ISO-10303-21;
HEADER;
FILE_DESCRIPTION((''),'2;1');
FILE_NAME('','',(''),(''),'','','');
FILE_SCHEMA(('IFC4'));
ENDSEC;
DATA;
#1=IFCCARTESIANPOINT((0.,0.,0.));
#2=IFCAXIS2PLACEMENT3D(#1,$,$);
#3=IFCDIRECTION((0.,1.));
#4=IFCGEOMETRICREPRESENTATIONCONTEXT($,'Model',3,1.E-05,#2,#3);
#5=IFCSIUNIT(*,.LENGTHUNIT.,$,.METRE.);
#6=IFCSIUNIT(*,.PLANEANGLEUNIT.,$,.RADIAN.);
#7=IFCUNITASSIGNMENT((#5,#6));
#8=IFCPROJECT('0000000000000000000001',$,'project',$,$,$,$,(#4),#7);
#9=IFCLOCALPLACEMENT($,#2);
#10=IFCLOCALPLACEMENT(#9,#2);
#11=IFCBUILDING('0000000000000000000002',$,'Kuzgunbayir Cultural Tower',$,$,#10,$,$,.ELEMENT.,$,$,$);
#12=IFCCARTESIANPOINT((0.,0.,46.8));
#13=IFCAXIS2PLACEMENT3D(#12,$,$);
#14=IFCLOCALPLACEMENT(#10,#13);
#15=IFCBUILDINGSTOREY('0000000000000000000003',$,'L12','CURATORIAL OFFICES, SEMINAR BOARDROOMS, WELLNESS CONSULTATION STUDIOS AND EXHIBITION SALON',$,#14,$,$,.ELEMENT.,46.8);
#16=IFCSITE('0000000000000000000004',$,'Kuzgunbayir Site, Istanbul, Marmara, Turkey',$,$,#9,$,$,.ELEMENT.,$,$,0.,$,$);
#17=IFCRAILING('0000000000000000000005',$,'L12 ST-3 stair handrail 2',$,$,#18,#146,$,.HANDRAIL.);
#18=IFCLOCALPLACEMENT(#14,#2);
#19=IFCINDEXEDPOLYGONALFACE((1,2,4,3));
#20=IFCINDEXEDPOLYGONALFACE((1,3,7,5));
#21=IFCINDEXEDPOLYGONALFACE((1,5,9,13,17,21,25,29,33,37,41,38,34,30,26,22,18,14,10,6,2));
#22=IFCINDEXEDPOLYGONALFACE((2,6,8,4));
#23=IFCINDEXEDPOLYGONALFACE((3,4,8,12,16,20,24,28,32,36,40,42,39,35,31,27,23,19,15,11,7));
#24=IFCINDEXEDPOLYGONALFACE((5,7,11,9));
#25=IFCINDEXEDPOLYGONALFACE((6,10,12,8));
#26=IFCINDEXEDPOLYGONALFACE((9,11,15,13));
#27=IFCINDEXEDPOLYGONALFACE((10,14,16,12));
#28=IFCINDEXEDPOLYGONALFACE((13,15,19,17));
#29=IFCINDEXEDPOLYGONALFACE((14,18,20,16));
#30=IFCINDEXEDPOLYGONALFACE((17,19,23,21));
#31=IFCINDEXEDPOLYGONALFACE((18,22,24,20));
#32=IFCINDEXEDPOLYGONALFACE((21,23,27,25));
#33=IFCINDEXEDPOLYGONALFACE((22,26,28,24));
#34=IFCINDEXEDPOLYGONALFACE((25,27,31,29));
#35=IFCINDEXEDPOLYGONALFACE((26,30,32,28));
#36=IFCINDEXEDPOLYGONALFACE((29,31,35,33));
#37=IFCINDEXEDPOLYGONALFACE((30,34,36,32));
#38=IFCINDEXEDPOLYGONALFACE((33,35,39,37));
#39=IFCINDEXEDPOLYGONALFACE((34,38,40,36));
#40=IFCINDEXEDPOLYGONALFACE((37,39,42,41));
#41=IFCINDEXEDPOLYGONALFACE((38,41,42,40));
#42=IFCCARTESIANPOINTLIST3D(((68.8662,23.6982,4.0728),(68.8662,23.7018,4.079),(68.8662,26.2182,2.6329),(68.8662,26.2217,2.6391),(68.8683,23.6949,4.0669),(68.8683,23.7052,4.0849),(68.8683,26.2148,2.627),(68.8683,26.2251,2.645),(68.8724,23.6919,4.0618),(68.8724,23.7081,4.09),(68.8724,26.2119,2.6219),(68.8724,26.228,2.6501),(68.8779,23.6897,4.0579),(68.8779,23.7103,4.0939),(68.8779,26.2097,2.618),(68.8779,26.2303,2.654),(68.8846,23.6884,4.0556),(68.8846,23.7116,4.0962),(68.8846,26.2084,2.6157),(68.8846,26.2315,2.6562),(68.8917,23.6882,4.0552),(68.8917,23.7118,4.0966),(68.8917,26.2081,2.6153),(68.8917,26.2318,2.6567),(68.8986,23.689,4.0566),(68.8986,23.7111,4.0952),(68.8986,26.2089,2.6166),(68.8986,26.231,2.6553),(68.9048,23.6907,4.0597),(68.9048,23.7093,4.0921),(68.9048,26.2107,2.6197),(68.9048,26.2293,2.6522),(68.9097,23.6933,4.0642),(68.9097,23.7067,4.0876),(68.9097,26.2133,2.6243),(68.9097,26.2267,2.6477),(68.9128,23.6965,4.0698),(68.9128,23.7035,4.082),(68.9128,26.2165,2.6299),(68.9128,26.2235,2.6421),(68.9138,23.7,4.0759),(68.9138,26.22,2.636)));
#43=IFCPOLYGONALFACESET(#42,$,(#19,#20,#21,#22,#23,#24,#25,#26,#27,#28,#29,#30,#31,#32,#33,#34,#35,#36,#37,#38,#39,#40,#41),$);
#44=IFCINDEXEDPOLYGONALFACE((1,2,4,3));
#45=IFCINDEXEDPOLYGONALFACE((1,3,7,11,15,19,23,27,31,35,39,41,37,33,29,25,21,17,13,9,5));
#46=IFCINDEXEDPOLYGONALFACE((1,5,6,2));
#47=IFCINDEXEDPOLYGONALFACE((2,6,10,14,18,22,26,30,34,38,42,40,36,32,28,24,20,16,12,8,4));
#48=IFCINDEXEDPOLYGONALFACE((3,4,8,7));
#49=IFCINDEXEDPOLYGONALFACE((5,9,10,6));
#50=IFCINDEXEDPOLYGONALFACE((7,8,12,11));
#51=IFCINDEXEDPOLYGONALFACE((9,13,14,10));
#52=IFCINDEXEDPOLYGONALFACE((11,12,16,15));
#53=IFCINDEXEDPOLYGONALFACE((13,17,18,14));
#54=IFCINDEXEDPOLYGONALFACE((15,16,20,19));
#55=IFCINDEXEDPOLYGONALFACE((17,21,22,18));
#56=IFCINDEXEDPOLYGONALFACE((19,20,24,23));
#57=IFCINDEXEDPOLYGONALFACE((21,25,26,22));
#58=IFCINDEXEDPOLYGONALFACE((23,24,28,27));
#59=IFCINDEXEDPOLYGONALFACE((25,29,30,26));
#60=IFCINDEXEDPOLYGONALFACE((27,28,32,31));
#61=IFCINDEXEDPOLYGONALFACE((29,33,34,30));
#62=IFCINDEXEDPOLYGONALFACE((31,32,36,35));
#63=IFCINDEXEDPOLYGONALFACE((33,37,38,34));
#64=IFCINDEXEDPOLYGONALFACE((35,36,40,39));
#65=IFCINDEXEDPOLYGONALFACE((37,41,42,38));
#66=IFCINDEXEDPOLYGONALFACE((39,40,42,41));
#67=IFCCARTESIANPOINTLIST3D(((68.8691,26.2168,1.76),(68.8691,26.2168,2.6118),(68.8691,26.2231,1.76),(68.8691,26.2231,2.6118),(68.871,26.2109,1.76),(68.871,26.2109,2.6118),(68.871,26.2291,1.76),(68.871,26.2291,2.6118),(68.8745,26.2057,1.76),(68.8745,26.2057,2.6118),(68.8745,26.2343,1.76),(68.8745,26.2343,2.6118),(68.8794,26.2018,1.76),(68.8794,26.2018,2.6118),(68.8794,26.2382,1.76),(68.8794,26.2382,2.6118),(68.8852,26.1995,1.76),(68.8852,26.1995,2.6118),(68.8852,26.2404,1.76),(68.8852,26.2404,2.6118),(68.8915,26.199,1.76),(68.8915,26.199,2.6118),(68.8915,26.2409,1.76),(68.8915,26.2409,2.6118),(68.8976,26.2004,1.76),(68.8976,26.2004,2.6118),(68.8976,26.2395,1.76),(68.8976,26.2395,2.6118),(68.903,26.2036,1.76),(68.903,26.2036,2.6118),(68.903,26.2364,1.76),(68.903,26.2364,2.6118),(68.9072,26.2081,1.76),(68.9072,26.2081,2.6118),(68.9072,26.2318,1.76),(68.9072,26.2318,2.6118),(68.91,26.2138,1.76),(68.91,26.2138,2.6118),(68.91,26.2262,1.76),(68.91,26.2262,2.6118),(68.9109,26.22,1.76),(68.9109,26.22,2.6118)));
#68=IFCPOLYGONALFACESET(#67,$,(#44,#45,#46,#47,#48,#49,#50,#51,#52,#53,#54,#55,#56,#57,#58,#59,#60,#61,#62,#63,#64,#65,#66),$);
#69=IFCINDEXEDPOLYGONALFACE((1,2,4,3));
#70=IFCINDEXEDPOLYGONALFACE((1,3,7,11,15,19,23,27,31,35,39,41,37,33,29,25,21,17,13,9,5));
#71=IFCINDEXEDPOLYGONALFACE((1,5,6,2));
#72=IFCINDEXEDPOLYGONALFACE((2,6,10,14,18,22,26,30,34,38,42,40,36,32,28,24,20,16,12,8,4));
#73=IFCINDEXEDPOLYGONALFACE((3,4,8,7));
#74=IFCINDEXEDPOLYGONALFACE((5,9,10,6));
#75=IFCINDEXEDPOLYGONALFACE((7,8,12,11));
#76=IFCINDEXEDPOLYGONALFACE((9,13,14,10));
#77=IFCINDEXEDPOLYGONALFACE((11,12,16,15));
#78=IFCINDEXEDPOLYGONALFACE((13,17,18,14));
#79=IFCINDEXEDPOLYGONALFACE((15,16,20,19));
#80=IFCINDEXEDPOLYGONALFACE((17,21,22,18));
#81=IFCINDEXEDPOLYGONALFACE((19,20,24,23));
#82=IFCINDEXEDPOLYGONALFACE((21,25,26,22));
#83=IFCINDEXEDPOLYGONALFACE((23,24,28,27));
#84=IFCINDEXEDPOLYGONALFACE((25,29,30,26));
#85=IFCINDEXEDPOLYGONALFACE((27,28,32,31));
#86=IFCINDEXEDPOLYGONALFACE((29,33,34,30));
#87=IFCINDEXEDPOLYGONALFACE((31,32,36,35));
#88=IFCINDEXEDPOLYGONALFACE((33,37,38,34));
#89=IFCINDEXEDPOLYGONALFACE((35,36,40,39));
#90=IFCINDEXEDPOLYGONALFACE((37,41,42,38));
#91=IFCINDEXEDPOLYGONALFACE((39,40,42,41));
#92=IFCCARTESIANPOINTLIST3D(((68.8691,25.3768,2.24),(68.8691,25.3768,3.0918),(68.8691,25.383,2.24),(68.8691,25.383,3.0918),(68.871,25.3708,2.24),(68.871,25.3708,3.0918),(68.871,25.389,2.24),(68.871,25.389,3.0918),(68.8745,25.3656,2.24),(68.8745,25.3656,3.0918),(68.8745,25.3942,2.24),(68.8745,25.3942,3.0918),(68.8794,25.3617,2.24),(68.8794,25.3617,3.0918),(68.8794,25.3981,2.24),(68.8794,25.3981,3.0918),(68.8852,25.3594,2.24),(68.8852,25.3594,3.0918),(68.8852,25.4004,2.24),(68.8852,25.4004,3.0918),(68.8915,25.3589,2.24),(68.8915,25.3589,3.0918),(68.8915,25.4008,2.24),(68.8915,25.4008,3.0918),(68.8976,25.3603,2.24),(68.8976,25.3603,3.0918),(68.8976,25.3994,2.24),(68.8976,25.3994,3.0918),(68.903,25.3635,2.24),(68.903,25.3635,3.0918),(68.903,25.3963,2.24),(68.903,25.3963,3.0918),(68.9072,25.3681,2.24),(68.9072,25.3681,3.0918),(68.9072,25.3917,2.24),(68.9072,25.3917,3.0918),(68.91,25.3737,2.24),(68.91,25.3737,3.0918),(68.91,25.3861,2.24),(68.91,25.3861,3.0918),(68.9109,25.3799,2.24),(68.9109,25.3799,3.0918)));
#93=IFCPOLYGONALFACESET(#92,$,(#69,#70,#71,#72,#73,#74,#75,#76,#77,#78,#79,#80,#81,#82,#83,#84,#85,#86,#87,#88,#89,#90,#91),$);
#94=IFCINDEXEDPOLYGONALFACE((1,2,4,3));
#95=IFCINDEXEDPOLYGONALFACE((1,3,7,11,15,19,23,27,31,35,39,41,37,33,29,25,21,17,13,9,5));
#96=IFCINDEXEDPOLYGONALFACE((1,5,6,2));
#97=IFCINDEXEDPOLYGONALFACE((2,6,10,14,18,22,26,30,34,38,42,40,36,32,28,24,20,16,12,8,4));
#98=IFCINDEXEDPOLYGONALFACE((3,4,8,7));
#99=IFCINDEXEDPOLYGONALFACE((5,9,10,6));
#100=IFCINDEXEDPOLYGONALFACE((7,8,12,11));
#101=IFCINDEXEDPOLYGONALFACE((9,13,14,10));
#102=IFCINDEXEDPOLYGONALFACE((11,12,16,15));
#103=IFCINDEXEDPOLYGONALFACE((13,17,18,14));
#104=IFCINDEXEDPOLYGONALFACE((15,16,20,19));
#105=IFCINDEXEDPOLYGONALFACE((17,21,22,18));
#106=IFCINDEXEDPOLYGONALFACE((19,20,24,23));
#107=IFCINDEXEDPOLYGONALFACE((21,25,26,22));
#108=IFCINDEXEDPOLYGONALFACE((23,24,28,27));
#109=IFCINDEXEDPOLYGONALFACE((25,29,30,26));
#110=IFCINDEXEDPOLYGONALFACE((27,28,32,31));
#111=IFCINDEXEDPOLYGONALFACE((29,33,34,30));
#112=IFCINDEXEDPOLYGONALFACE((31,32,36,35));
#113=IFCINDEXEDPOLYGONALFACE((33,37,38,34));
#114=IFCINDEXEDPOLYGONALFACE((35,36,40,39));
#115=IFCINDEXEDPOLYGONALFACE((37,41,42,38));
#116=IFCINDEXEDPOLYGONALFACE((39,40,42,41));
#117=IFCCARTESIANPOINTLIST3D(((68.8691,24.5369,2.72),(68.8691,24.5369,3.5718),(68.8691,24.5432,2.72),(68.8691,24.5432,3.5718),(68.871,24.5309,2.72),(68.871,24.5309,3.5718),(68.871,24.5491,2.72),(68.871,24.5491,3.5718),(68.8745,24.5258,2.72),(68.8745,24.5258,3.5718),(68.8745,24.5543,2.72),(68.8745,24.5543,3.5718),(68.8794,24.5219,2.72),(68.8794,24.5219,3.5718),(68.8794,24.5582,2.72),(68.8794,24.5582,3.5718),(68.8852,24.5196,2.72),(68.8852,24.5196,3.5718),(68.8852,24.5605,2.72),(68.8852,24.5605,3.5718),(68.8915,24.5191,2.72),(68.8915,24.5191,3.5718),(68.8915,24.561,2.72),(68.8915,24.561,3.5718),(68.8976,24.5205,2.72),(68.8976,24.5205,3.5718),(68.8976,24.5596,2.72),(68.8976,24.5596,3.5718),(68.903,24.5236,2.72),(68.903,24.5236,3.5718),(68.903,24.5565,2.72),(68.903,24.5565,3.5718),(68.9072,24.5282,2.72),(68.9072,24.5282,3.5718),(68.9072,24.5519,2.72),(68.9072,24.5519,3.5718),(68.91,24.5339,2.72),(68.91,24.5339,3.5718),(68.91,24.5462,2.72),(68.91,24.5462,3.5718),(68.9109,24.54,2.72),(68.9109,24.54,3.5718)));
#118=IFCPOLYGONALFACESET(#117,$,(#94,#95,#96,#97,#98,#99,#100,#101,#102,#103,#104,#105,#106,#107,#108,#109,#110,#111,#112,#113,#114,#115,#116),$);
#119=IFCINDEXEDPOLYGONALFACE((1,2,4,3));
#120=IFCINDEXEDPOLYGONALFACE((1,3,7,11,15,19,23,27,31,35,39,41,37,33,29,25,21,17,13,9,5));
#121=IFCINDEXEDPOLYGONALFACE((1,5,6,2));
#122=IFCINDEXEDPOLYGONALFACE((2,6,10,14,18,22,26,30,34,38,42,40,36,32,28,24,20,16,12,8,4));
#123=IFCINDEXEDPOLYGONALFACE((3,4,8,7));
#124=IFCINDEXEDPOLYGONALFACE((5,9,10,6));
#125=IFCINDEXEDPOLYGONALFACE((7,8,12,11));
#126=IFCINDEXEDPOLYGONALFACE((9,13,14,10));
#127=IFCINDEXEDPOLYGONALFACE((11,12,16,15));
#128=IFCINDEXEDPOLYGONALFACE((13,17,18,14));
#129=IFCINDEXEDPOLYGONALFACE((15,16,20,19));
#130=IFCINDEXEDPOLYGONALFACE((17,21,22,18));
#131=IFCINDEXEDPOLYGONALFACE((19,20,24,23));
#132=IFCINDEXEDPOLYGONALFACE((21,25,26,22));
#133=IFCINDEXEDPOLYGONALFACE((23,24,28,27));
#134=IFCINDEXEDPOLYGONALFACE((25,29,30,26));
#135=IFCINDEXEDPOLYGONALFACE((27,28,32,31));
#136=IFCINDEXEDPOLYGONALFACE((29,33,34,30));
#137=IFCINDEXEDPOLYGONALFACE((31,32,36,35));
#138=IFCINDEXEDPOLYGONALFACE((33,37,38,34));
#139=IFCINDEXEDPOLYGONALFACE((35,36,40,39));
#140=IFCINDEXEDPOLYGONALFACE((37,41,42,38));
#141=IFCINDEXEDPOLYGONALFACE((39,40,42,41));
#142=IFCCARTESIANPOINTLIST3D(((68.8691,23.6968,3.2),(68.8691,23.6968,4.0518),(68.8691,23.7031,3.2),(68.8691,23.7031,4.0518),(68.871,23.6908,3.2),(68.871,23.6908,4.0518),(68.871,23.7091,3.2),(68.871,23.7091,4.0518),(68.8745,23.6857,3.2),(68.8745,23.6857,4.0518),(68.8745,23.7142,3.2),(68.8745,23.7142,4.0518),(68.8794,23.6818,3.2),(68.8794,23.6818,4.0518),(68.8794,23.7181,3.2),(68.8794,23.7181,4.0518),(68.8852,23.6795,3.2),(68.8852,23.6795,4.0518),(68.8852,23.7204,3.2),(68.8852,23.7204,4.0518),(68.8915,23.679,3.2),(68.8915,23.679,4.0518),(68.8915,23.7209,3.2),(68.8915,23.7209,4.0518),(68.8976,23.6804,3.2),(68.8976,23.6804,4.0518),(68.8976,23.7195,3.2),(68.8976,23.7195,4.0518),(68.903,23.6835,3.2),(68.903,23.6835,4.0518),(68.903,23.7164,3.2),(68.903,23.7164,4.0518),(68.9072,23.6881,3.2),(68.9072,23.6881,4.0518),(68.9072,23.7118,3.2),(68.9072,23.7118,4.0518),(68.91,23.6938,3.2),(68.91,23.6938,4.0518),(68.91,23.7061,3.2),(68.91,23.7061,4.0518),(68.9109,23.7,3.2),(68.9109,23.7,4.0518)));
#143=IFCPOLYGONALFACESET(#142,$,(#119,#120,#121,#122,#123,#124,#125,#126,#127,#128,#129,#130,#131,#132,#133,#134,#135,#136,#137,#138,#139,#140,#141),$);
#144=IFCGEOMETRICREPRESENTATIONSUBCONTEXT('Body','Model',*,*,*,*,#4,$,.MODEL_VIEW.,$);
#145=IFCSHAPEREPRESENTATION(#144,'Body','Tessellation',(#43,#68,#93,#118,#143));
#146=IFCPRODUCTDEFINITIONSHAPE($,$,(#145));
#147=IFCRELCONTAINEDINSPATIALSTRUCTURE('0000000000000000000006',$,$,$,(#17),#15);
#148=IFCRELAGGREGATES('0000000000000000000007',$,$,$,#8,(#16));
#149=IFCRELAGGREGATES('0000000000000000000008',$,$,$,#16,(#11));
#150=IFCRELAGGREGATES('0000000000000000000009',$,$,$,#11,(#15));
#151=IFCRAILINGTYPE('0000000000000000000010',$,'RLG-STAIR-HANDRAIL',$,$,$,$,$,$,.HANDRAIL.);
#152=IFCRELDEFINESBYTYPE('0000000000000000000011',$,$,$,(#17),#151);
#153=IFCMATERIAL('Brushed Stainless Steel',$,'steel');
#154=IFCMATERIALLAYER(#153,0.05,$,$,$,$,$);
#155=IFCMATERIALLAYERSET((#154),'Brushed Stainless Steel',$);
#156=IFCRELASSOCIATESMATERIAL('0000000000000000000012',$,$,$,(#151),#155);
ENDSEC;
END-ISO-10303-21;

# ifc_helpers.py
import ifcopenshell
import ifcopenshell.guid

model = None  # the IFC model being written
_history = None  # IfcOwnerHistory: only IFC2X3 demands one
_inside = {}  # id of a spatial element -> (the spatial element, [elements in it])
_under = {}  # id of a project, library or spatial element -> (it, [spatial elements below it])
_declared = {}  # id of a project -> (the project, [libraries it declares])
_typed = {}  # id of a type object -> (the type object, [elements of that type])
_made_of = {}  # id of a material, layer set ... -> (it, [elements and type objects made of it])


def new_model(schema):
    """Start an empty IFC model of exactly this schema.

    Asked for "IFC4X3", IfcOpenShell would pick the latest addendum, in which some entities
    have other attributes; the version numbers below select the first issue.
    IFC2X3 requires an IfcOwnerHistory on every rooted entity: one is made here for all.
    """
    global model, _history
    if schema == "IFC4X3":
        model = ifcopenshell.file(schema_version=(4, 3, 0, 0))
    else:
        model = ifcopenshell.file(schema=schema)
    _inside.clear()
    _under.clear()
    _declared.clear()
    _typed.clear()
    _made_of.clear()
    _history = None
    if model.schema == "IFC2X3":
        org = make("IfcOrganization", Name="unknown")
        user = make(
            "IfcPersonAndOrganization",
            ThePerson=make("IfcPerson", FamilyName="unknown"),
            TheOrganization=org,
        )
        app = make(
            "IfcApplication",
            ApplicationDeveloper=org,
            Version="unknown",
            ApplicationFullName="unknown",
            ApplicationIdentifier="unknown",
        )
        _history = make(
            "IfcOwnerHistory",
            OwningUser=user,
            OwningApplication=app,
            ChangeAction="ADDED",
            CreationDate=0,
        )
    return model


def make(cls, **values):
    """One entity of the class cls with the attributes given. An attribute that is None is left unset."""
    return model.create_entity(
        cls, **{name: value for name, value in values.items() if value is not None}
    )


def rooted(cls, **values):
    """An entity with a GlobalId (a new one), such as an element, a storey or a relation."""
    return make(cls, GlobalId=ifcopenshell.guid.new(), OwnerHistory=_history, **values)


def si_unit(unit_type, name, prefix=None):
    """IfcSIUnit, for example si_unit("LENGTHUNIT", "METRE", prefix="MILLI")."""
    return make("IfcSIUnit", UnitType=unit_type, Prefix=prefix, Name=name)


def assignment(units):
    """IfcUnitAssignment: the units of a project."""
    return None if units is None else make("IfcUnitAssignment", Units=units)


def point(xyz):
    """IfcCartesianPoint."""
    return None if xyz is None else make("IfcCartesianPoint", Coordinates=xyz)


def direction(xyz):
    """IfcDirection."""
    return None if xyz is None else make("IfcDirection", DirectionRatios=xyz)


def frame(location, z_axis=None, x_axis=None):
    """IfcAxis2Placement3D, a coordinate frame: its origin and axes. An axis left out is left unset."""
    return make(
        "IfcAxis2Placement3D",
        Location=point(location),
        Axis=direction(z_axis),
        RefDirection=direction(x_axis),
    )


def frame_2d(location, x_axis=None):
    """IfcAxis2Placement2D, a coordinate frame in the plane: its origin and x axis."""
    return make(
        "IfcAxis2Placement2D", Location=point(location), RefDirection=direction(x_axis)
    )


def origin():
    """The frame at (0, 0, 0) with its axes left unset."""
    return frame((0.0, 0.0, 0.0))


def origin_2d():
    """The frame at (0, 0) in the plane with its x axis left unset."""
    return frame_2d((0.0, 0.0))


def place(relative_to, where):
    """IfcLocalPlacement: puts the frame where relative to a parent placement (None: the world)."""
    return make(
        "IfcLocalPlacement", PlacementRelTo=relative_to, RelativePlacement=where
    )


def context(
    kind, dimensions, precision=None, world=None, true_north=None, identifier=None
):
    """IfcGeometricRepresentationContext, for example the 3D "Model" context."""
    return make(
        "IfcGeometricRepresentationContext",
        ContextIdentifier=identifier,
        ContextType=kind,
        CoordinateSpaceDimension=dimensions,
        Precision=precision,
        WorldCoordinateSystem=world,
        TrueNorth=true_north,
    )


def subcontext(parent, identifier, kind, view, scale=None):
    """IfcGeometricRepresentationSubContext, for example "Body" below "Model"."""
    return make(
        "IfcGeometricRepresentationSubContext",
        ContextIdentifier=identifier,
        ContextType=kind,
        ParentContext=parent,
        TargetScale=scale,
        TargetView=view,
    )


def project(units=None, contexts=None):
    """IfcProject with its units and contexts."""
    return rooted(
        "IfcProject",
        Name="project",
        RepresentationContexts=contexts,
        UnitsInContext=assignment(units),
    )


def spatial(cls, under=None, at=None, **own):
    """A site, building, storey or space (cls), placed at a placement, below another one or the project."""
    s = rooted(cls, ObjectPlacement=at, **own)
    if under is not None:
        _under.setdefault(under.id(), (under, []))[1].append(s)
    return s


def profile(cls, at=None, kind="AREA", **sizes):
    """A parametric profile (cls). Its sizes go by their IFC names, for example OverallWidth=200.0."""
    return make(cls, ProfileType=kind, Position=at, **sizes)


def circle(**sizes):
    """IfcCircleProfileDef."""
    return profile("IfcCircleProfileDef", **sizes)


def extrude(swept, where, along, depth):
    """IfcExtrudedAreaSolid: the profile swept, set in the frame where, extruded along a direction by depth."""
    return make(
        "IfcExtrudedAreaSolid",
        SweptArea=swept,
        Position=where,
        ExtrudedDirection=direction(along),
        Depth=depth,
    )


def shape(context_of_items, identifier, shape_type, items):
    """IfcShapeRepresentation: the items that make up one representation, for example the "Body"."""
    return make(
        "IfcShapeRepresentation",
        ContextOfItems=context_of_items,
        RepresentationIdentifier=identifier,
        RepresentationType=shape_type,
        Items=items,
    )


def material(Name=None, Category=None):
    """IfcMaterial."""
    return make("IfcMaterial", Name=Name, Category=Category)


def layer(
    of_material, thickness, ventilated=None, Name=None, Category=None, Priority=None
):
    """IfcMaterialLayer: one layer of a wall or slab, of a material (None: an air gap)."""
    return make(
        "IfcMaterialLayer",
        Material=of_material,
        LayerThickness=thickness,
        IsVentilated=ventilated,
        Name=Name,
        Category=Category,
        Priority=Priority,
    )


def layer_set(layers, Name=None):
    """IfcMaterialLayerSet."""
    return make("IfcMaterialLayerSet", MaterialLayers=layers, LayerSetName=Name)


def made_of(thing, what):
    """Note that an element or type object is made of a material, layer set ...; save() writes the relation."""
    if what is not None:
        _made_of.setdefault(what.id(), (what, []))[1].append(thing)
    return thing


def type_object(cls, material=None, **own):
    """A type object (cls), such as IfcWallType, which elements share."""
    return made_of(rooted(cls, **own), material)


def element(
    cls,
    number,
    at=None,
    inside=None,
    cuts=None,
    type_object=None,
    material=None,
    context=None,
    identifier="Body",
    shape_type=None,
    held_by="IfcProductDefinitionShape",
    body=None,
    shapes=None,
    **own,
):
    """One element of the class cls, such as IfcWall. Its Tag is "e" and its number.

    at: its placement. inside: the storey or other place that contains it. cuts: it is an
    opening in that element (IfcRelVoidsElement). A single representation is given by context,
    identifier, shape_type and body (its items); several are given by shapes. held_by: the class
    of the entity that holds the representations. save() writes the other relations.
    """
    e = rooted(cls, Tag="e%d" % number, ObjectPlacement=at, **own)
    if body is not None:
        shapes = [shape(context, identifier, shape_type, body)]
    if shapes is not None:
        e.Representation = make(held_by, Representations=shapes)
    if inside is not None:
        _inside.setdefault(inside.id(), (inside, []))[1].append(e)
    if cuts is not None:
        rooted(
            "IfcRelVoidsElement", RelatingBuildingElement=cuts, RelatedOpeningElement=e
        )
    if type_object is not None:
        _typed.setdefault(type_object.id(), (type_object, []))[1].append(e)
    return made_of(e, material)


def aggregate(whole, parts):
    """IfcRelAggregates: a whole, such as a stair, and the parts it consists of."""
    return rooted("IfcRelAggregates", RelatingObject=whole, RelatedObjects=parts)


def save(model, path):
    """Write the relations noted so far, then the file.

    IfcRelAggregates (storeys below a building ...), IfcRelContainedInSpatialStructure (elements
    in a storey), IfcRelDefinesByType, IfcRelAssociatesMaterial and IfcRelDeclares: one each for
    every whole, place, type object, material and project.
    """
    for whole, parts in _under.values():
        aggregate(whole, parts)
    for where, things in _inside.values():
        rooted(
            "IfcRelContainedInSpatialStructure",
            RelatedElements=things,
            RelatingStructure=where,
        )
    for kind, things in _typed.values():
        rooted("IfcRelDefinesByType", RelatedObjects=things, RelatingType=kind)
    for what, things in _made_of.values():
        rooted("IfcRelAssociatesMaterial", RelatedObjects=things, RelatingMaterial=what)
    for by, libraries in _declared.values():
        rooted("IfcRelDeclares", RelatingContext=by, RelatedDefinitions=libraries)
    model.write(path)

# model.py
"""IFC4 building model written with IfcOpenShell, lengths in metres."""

from ifc_helpers import new_model, si_unit, direction, frame, origin, origin_2d, place, context, subcontext, project, spatial, circle, extrude, material, layer, layer_set, type_object, element, save


model = new_model("IFC4")

# Units and contexts
model_context = context("Model", 3, precision=1e-05, world=origin(), true_north=direction((0.0, 1.0)))
body_context = subcontext(model_context, "Body", "Model", "MODEL_VIEW")
ifc_project = project(units=[si_unit("LENGTHUNIT", "METRE"), si_unit("PLANEANGLEUNIT", "RADIAN")], contexts=[model_context])

# Site, building, storey
site_placement = place(None, origin())
site = spatial("IfcSite", under=ifc_project, at=site_placement, Name="Kuzgunbayir Site, Istanbul, Marmara, Turkey", CompositionType="ELEMENT", RefElevation=0.0)
building_placement = place(site_placement, origin())
building = spatial("IfcBuilding", under=site, at=building_placement, Name="Kuzgunbayir Cultural Tower", CompositionType="ELEMENT")
storey_placement = place(building_placement, frame((0.0, 0.0, 46.8)))
storey = spatial("IfcBuildingStorey", under=building, at=storey_placement, Name="L12", Description="CURATORIAL OFFICES, SEMINAR BOARDROOMS, WELLNESS CONSULTATION STUDIOS AND EXHIBITION SALON", CompositionType="ELEMENT", Elevation=46.8)

# Railing
ifc_material_1 = material(Name="Brushed Stainless Steel", Category="steel")
ifc_layer_1 = layer(ifc_material_1, 0.05)
ifc_layer_set_1 = layer_set([ifc_layer_1], Name="Brushed Stainless Steel")
railing_type_1 = type_object("IfcRailingType", Name="RLG-STAIR-HANDRAIL", PredefinedType="HANDRAIL", material=ifc_layer_set_1)
railing_1_placement = place(storey_placement, frame((68.8899, 26.22, 1.76)))
element("IfcRailing", 1, at=railing_1_placement, inside=storey, type_object=railing_type_1, Name="L12 ST-3 stair handrail 2", PredefinedType="HANDRAIL", context=body_context, shape_type="SweptSolid", body=[
    extrude(circle(Radius=0.0239, at=origin_2d()), frame((0.0, 0.0, 0.876), z_axis=(0.0, -0.868253, 0.496121), x_axis=(1.0, 0.0, 0.0)), (0.0, 0.0, 1.0), 2.9023),
    extrude(circle(Radius=0.021, at=origin_2d()), origin(), (0.0, 0.0, 1.0), 0.8518),
    extrude(circle(Radius=0.021, at=origin_2d()), frame((0.0, -0.8401, 0.48)), (0.0, 0.0, 1.0), 0.8518),
    extrude(circle(Radius=0.021, at=origin_2d()), frame((0.0, -1.6799, 0.96)), (0.0, 0.0, 1.0), 0.8518),
    extrude(circle(Radius=0.021, at=origin_2d()), frame((0.0, -2.52, 1.4399)), (0.0, 0.0, 1.0), 0.8518),
])

save(model, "model.ifc")
